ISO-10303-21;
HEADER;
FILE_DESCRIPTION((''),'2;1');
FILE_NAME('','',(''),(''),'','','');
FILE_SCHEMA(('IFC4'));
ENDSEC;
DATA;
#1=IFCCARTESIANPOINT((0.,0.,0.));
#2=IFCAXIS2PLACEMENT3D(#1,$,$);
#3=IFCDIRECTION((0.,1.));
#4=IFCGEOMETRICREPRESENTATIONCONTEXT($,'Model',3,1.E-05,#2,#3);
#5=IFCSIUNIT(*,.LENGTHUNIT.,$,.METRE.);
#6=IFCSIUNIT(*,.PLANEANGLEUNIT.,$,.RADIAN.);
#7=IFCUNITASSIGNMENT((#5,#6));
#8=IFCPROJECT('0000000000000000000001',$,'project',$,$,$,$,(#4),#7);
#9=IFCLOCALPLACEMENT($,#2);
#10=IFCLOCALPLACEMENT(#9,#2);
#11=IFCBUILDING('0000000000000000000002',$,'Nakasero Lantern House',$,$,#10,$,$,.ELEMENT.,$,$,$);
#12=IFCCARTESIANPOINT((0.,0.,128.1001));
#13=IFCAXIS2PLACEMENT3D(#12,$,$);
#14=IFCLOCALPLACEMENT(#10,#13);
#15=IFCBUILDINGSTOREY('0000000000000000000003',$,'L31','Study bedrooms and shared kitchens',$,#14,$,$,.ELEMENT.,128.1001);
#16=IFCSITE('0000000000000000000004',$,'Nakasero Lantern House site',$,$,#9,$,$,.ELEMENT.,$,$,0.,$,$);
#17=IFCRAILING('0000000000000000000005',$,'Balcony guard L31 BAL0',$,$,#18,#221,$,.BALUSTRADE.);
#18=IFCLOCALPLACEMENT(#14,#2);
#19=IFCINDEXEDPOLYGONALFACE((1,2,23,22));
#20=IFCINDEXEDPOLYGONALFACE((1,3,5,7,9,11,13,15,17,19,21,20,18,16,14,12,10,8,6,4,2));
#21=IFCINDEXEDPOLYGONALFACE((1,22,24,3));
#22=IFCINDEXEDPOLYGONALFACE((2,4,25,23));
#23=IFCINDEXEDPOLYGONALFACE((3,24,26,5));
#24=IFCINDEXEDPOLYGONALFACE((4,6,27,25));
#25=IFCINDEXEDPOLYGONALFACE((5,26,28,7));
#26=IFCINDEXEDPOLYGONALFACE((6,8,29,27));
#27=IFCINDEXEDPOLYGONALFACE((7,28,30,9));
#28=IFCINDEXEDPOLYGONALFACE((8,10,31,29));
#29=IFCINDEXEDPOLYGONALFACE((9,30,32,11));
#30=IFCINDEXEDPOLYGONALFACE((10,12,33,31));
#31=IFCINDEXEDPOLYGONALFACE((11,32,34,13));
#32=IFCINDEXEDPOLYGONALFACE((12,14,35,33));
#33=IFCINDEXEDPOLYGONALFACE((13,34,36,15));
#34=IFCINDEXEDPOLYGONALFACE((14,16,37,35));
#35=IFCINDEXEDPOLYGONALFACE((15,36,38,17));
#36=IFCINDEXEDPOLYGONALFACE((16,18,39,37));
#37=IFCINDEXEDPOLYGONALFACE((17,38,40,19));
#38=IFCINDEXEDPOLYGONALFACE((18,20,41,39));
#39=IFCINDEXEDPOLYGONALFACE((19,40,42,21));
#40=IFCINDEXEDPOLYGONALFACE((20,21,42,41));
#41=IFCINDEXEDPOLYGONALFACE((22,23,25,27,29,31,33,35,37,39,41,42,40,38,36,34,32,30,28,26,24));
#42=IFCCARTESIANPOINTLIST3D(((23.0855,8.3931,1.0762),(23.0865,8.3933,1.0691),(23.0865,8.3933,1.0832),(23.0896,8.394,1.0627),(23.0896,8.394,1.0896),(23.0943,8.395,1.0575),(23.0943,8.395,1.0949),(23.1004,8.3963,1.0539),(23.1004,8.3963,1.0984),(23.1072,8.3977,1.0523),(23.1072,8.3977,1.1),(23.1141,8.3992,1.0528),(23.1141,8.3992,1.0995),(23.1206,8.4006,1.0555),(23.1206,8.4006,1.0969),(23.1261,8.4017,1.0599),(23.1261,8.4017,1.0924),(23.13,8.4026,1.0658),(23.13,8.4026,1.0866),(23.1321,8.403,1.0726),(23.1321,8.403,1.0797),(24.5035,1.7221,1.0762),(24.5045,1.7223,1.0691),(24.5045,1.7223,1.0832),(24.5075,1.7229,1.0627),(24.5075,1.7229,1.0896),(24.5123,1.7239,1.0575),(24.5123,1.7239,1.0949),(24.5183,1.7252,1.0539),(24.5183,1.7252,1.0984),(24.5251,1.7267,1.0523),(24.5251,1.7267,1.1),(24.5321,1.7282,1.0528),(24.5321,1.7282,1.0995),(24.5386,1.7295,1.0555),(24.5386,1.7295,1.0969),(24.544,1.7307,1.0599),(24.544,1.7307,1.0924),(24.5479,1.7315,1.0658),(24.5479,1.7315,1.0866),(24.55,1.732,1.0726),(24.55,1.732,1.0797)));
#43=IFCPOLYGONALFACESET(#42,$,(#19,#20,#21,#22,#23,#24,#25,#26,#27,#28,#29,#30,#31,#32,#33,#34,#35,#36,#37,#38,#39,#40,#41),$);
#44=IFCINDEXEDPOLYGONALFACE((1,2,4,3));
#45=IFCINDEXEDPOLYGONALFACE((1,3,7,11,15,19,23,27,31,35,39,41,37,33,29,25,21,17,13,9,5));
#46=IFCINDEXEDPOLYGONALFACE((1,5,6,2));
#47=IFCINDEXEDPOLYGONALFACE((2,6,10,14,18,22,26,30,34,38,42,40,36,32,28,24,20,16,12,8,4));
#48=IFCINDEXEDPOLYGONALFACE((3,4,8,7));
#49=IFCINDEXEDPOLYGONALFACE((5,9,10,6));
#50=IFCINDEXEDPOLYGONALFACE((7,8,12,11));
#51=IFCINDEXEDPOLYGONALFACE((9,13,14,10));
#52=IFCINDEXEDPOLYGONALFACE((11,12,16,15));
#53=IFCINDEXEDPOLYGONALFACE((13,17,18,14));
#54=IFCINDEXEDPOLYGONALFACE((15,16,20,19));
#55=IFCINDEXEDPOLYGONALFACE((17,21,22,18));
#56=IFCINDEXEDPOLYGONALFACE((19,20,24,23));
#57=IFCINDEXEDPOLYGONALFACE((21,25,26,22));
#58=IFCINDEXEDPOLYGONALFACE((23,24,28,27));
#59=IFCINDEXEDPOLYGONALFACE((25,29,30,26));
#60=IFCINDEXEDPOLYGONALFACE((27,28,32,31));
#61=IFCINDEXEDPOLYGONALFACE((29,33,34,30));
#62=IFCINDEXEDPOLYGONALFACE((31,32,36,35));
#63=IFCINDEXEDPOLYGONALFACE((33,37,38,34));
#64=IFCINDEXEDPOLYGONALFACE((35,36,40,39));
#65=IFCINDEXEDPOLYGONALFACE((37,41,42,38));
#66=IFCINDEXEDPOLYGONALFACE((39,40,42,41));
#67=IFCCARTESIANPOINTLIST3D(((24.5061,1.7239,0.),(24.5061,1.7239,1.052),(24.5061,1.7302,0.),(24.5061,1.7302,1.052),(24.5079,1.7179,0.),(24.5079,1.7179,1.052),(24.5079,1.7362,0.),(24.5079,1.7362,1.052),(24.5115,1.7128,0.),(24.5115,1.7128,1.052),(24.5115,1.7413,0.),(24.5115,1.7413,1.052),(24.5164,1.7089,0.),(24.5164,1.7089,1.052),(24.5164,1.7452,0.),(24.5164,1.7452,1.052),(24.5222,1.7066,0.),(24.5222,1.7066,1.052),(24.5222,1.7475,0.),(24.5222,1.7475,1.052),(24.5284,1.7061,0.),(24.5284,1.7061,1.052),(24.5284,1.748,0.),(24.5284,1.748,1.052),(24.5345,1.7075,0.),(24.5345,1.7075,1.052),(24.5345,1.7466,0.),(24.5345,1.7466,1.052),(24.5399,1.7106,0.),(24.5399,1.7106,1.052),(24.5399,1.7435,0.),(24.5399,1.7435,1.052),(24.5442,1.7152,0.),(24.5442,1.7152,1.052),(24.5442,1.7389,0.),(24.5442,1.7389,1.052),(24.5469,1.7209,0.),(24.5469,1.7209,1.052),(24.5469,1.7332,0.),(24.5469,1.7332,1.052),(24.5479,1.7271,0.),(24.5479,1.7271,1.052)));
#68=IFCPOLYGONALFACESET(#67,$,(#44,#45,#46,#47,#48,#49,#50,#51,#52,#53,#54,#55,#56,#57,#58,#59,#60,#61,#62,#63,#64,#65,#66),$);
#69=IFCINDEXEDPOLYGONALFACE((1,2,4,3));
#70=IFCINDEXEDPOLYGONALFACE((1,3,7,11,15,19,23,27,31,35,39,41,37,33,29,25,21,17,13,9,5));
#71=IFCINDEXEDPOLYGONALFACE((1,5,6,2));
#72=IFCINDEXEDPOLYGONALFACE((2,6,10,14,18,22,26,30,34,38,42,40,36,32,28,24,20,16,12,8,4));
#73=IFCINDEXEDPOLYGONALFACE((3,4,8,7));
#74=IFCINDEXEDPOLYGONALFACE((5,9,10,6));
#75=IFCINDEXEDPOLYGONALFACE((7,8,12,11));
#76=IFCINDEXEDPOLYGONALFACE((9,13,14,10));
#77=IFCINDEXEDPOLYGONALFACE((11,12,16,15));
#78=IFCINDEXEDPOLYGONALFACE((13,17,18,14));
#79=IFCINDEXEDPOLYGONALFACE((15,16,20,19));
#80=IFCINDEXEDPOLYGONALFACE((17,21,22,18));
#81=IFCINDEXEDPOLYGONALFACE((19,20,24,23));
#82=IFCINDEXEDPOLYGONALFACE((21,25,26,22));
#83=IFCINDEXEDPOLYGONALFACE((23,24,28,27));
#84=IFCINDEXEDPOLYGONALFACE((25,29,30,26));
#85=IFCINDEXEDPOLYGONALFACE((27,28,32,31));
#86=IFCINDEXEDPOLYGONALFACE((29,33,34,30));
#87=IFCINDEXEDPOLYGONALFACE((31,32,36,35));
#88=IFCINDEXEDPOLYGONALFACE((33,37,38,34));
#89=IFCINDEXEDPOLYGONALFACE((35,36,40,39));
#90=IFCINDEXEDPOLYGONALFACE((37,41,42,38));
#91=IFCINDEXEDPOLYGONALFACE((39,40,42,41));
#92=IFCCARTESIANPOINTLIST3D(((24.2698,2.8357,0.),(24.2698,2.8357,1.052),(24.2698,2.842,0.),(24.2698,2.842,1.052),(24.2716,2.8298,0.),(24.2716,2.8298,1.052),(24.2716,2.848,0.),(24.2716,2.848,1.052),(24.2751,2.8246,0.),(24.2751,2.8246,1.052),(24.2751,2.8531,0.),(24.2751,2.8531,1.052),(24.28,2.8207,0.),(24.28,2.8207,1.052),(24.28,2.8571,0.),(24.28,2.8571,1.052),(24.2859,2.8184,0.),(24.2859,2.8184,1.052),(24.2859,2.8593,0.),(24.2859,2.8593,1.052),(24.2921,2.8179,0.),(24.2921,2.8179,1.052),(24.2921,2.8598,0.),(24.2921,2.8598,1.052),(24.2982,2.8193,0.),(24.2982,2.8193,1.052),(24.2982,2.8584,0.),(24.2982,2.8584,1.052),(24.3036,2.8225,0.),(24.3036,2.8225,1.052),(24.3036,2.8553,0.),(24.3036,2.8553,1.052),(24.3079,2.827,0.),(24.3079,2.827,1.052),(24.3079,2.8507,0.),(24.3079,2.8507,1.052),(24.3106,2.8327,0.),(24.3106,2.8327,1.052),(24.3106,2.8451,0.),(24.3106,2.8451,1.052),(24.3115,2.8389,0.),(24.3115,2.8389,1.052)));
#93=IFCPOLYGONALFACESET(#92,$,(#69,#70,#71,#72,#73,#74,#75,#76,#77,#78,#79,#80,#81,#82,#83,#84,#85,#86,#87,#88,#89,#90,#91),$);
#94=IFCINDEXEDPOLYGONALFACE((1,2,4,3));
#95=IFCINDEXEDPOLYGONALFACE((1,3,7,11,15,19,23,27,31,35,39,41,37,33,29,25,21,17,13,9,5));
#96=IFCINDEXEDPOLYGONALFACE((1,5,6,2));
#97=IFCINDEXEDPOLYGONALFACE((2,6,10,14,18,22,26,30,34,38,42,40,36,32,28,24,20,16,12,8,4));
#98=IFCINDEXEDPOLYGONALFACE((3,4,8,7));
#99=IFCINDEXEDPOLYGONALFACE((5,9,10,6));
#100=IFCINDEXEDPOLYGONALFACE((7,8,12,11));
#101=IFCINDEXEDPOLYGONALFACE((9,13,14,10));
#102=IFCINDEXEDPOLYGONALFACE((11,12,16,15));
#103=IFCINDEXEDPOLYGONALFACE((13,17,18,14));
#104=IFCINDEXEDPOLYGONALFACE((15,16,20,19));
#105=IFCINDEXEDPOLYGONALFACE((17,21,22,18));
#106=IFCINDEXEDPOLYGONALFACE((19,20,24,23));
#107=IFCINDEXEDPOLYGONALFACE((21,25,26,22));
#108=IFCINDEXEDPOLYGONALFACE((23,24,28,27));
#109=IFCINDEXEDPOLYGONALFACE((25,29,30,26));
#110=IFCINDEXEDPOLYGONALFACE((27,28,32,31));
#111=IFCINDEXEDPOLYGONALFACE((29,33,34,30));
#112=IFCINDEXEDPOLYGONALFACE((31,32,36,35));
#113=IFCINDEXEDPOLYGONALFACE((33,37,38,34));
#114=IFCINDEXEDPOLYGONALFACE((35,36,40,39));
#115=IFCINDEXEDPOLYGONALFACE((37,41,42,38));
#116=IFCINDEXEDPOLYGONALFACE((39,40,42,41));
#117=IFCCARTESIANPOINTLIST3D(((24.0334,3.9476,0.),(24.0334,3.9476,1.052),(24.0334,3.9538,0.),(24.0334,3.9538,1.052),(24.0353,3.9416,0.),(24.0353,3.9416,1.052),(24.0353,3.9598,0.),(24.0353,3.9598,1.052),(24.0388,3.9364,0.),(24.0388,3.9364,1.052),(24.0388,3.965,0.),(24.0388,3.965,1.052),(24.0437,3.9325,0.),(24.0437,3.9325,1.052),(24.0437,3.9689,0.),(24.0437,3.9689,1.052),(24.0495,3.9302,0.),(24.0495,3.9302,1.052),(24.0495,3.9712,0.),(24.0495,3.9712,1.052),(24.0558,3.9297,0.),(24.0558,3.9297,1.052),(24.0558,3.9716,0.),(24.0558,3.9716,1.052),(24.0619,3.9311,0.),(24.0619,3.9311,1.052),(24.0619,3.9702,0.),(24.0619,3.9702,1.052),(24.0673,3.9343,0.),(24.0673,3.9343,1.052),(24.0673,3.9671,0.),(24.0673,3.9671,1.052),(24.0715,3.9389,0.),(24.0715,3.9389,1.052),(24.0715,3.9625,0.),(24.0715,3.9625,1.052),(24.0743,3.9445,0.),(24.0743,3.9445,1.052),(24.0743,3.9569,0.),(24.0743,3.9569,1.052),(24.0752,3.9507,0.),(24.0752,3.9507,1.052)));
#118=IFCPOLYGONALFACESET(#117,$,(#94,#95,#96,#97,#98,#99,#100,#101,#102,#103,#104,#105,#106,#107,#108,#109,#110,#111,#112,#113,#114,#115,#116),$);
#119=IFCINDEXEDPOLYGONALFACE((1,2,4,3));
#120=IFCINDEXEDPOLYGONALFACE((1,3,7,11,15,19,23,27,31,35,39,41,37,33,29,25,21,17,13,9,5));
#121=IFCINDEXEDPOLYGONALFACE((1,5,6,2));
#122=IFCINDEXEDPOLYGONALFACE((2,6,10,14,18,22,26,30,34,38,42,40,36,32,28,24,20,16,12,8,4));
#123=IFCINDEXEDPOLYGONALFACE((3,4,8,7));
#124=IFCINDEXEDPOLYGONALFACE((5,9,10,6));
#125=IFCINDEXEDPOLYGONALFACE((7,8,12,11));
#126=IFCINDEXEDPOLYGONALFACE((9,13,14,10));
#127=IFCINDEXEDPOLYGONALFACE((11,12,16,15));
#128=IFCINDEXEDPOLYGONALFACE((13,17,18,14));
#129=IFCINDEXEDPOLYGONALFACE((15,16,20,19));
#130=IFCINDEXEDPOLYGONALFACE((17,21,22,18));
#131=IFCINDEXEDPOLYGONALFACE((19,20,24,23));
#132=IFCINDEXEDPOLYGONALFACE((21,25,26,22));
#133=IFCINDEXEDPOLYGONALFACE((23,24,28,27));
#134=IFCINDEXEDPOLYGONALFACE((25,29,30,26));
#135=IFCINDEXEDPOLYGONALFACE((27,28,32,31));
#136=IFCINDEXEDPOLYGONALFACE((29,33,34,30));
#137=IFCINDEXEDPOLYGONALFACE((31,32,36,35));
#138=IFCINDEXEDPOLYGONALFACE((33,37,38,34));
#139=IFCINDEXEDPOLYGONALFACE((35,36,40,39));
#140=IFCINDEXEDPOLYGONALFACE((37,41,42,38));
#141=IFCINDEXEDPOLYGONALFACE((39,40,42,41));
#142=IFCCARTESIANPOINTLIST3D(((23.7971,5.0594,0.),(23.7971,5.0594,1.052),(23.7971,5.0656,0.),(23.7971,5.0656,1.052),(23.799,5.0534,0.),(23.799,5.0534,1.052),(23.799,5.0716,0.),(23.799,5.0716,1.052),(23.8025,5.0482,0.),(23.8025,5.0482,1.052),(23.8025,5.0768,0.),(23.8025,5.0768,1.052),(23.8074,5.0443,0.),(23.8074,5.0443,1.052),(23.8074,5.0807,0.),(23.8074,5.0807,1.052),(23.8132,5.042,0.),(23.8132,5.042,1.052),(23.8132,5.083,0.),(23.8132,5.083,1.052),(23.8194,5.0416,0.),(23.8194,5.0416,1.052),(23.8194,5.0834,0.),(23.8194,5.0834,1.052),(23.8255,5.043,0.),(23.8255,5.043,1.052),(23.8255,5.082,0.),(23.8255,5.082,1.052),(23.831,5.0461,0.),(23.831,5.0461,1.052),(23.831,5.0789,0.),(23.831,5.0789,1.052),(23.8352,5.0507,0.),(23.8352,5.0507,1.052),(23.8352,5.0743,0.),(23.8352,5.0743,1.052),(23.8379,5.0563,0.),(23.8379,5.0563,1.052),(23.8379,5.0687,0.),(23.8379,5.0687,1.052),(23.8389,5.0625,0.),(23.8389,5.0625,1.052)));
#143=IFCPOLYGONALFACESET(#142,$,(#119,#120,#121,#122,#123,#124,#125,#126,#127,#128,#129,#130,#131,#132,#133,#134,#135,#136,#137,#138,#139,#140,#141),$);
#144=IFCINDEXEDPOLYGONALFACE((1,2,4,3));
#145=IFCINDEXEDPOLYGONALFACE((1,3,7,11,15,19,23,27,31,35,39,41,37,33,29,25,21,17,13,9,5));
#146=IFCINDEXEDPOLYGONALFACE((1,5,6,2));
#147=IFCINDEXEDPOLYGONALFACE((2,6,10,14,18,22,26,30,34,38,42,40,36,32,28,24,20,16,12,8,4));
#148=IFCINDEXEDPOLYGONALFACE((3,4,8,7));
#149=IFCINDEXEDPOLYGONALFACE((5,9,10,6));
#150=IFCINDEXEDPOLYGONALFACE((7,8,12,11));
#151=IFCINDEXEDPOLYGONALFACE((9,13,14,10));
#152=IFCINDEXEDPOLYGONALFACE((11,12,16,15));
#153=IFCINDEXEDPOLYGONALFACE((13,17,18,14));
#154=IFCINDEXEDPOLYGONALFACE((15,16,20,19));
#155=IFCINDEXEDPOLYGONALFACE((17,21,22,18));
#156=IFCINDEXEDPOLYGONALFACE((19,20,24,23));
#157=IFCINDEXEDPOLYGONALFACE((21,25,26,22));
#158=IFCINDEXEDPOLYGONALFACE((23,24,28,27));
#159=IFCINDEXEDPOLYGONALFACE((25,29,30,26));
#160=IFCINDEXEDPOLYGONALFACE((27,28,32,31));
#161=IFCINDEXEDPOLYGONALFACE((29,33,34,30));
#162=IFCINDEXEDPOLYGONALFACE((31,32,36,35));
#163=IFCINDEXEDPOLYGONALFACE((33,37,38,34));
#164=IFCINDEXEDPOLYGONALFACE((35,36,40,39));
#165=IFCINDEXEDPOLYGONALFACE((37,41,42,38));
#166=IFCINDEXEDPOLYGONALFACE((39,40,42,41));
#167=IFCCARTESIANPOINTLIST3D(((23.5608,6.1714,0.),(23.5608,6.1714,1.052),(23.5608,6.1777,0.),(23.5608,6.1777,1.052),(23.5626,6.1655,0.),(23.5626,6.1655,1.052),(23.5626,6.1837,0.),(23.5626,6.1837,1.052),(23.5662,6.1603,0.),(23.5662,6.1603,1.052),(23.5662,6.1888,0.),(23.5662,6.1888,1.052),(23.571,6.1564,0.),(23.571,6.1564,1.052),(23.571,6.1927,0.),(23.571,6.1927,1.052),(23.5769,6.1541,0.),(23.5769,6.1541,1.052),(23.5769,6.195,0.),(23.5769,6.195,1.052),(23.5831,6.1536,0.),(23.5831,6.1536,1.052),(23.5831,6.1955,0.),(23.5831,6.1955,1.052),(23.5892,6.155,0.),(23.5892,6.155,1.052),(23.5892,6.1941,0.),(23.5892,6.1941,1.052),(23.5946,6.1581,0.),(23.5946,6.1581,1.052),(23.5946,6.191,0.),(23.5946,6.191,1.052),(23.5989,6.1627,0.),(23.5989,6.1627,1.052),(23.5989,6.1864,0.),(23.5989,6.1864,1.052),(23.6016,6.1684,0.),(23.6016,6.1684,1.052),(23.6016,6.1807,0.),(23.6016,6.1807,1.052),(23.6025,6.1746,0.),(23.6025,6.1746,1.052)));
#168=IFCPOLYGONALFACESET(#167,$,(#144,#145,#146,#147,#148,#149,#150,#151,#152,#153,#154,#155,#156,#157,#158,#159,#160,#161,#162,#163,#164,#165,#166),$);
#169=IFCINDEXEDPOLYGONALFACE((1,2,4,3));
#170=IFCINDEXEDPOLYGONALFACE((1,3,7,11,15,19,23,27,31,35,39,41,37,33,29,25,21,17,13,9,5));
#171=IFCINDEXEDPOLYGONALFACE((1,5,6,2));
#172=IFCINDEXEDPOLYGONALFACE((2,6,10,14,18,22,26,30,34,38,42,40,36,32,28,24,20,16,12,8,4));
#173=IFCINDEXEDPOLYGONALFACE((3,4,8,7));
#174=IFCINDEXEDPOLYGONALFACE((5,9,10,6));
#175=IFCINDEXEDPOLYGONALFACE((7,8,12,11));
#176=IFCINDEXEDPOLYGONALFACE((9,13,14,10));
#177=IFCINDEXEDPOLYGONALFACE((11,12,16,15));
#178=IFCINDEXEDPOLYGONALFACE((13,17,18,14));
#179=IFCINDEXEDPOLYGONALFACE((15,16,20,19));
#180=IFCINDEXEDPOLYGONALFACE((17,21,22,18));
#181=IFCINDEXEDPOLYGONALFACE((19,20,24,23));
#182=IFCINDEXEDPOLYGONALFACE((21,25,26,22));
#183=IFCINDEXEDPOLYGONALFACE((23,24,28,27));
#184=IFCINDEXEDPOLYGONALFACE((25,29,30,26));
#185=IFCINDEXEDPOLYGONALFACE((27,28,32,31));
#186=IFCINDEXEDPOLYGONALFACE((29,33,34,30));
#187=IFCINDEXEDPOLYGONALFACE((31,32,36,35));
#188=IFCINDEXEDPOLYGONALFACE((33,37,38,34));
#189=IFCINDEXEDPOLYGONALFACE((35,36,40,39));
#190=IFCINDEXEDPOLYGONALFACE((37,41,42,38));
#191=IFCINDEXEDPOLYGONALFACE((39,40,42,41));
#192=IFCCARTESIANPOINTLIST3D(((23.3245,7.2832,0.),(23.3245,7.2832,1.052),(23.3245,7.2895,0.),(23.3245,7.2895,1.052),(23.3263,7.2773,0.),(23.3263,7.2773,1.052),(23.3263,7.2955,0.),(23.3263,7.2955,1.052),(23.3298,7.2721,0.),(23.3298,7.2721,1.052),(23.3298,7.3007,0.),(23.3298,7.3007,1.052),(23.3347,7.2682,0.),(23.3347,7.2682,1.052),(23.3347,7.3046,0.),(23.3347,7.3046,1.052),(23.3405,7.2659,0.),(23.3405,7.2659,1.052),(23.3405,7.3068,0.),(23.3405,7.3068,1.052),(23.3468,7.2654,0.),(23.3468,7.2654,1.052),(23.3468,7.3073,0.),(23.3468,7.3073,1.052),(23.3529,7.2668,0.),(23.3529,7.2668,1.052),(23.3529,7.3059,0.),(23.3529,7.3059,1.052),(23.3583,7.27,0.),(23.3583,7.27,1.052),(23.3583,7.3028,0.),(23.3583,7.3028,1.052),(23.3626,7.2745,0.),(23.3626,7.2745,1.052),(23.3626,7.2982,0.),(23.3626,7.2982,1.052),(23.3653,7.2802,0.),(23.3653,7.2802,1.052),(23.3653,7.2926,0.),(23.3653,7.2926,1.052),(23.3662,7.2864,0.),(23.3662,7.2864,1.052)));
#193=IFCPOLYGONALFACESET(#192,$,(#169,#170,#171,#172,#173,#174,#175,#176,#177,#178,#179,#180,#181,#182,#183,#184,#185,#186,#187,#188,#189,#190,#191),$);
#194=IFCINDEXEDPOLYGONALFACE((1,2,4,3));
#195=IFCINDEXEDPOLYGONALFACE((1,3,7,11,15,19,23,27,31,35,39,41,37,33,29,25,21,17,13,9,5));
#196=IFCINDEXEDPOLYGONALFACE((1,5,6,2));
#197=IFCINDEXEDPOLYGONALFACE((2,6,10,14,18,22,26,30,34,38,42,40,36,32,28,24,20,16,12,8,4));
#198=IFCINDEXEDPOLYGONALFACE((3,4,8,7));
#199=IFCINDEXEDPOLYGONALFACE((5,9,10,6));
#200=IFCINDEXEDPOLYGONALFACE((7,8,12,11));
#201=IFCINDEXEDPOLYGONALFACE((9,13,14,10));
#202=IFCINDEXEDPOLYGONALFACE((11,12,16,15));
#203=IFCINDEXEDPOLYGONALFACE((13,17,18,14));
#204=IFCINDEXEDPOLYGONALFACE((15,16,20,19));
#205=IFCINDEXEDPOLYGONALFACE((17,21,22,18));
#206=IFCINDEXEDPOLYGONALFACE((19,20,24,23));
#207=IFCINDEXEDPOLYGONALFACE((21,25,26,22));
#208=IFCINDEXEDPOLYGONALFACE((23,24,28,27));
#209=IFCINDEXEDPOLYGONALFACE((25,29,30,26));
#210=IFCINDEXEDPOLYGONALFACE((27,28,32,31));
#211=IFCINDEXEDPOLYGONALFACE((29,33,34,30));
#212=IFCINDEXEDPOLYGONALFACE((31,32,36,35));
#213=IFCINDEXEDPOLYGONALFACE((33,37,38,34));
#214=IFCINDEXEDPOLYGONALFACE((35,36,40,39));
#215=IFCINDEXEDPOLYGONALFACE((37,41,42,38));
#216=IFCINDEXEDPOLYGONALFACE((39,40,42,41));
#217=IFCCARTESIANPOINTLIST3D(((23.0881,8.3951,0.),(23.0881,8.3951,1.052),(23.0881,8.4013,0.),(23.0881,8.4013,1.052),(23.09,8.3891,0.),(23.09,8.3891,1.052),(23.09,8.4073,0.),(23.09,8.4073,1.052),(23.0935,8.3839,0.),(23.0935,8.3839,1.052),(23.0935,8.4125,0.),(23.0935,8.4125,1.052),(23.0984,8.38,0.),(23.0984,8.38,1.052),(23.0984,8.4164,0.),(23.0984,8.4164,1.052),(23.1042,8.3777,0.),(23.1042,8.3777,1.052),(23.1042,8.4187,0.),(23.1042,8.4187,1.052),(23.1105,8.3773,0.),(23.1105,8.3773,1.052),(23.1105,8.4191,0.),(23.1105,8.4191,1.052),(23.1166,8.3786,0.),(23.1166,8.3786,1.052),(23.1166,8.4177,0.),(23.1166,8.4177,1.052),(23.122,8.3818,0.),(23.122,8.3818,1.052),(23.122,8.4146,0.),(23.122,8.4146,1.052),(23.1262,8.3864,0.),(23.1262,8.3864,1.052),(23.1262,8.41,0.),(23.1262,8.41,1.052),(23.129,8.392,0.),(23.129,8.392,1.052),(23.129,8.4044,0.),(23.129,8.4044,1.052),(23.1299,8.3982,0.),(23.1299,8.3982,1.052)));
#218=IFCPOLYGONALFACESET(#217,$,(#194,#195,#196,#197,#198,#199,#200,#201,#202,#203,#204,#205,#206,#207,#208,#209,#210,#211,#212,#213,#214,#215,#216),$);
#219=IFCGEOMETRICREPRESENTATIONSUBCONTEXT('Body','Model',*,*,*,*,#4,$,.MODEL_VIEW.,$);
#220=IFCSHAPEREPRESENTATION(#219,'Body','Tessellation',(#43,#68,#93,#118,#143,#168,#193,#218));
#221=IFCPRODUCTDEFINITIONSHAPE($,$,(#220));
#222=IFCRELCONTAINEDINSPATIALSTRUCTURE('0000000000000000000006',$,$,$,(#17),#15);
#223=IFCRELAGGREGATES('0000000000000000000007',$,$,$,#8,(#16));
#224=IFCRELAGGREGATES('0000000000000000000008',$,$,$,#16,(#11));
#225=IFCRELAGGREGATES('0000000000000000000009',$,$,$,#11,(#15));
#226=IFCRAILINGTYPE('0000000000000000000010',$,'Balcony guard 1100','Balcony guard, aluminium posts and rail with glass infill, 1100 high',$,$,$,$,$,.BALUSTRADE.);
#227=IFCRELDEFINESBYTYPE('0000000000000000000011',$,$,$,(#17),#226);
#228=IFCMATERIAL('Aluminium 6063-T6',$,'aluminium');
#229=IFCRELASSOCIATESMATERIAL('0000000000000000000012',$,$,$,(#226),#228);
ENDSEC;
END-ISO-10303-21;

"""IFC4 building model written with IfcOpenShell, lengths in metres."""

from ifc_helpers import new_model, si_unit, direction, frame, origin, origin_2d, place, context, subcontext, project, spatial, circle, extrude, material, type_object, element, save


model = new_model("IFC4")

# Units and contexts
model_context = context("Model", 3, precision=1e-05, world=origin(), true_north=direction((0.0, 1.0)))
body_context = subcontext(model_context, "Body", "Model", "MODEL_VIEW")
ifc_project = project(units=[si_unit("LENGTHUNIT", "METRE"), si_unit("PLANEANGLEUNIT", "RADIAN")], contexts=[model_context])

# Site, building, storey
site_placement = place(None, origin())
site = spatial("IfcSite", under=ifc_project, at=site_placement, Name="Nakasero Lantern House site", CompositionType="ELEMENT", RefElevation=0.0)
building_placement = place(site_placement, origin())
building = spatial("IfcBuilding", under=site, at=building_placement, Name="Nakasero Lantern House", CompositionType="ELEMENT")
storey_placement = place(building_placement, frame((0.0, 0.0, 128.1001)))
storey = spatial("IfcBuildingStorey", under=building, at=storey_placement, Name="L31", Description="Study bedrooms and shared kitchens", CompositionType="ELEMENT", Elevation=128.1001)

# Railing
ifc_material_1 = material(Name="Aluminium 6063-T6", Category="aluminium")
railing_type = type_object("IfcRailingType", Name="Balcony guard 1100", Description="Balcony guard, aluminium posts and rail with glass infill, 1100 high", PredefinedType="BALUSTRADE", material=ifc_material_1)
railing_placement = place(storey_placement, frame((24.5269, 1.7271, 0.0)))
element("IfcRailing", 1, at=railing_placement, inside=storey, type_object=railing_type, Name="Balcony guard L31 BAL0", PredefinedType="BALUSTRADE", context=body_context, shape_type="SweptSolid", body=[
    extrude(circle(Radius=0.0239, at=origin_2d()), frame((0.0, 0.0, 1.0762), z_axis=(-0.207908, 0.978148, 0.0), x_axis=(-0.978148, -0.207908, 0.0)), (0.0, 0.0, 1.0), 6.8201),
    extrude(circle(Radius=0.021, at=origin_2d()), origin(), (0.0, 0.0, 1.0), 1.052),
    extrude(circle(Radius=0.021, at=origin_2d()), frame((-0.2363, 1.1118, 0.0)), (0.0, 0.0, 1.0), 1.052),
    extrude(circle(Radius=0.021, at=origin_2d()), frame((-0.4727, 2.2236, 0.0)), (0.0, 0.0, 1.0), 1.052),
    extrude(circle(Radius=0.021, at=origin_2d()), frame((-0.709, 3.3354, 0.0)), (0.0, 0.0, 1.0), 1.052),
    extrude(circle(Radius=0.021, at=origin_2d()), frame((-0.9453, 4.4475, 0.0)), (0.0, 0.0, 1.0), 1.052),
    extrude(circle(Radius=0.021, at=origin_2d()), frame((-1.1816, 5.5593, 0.0)), (0.0, 0.0, 1.0), 1.052),
    extrude(circle(Radius=0.021, at=origin_2d()), frame((-1.418, 6.6711, 0.0)), (0.0, 0.0, 1.0), 1.052),
])

save(model, "model.ifc")
